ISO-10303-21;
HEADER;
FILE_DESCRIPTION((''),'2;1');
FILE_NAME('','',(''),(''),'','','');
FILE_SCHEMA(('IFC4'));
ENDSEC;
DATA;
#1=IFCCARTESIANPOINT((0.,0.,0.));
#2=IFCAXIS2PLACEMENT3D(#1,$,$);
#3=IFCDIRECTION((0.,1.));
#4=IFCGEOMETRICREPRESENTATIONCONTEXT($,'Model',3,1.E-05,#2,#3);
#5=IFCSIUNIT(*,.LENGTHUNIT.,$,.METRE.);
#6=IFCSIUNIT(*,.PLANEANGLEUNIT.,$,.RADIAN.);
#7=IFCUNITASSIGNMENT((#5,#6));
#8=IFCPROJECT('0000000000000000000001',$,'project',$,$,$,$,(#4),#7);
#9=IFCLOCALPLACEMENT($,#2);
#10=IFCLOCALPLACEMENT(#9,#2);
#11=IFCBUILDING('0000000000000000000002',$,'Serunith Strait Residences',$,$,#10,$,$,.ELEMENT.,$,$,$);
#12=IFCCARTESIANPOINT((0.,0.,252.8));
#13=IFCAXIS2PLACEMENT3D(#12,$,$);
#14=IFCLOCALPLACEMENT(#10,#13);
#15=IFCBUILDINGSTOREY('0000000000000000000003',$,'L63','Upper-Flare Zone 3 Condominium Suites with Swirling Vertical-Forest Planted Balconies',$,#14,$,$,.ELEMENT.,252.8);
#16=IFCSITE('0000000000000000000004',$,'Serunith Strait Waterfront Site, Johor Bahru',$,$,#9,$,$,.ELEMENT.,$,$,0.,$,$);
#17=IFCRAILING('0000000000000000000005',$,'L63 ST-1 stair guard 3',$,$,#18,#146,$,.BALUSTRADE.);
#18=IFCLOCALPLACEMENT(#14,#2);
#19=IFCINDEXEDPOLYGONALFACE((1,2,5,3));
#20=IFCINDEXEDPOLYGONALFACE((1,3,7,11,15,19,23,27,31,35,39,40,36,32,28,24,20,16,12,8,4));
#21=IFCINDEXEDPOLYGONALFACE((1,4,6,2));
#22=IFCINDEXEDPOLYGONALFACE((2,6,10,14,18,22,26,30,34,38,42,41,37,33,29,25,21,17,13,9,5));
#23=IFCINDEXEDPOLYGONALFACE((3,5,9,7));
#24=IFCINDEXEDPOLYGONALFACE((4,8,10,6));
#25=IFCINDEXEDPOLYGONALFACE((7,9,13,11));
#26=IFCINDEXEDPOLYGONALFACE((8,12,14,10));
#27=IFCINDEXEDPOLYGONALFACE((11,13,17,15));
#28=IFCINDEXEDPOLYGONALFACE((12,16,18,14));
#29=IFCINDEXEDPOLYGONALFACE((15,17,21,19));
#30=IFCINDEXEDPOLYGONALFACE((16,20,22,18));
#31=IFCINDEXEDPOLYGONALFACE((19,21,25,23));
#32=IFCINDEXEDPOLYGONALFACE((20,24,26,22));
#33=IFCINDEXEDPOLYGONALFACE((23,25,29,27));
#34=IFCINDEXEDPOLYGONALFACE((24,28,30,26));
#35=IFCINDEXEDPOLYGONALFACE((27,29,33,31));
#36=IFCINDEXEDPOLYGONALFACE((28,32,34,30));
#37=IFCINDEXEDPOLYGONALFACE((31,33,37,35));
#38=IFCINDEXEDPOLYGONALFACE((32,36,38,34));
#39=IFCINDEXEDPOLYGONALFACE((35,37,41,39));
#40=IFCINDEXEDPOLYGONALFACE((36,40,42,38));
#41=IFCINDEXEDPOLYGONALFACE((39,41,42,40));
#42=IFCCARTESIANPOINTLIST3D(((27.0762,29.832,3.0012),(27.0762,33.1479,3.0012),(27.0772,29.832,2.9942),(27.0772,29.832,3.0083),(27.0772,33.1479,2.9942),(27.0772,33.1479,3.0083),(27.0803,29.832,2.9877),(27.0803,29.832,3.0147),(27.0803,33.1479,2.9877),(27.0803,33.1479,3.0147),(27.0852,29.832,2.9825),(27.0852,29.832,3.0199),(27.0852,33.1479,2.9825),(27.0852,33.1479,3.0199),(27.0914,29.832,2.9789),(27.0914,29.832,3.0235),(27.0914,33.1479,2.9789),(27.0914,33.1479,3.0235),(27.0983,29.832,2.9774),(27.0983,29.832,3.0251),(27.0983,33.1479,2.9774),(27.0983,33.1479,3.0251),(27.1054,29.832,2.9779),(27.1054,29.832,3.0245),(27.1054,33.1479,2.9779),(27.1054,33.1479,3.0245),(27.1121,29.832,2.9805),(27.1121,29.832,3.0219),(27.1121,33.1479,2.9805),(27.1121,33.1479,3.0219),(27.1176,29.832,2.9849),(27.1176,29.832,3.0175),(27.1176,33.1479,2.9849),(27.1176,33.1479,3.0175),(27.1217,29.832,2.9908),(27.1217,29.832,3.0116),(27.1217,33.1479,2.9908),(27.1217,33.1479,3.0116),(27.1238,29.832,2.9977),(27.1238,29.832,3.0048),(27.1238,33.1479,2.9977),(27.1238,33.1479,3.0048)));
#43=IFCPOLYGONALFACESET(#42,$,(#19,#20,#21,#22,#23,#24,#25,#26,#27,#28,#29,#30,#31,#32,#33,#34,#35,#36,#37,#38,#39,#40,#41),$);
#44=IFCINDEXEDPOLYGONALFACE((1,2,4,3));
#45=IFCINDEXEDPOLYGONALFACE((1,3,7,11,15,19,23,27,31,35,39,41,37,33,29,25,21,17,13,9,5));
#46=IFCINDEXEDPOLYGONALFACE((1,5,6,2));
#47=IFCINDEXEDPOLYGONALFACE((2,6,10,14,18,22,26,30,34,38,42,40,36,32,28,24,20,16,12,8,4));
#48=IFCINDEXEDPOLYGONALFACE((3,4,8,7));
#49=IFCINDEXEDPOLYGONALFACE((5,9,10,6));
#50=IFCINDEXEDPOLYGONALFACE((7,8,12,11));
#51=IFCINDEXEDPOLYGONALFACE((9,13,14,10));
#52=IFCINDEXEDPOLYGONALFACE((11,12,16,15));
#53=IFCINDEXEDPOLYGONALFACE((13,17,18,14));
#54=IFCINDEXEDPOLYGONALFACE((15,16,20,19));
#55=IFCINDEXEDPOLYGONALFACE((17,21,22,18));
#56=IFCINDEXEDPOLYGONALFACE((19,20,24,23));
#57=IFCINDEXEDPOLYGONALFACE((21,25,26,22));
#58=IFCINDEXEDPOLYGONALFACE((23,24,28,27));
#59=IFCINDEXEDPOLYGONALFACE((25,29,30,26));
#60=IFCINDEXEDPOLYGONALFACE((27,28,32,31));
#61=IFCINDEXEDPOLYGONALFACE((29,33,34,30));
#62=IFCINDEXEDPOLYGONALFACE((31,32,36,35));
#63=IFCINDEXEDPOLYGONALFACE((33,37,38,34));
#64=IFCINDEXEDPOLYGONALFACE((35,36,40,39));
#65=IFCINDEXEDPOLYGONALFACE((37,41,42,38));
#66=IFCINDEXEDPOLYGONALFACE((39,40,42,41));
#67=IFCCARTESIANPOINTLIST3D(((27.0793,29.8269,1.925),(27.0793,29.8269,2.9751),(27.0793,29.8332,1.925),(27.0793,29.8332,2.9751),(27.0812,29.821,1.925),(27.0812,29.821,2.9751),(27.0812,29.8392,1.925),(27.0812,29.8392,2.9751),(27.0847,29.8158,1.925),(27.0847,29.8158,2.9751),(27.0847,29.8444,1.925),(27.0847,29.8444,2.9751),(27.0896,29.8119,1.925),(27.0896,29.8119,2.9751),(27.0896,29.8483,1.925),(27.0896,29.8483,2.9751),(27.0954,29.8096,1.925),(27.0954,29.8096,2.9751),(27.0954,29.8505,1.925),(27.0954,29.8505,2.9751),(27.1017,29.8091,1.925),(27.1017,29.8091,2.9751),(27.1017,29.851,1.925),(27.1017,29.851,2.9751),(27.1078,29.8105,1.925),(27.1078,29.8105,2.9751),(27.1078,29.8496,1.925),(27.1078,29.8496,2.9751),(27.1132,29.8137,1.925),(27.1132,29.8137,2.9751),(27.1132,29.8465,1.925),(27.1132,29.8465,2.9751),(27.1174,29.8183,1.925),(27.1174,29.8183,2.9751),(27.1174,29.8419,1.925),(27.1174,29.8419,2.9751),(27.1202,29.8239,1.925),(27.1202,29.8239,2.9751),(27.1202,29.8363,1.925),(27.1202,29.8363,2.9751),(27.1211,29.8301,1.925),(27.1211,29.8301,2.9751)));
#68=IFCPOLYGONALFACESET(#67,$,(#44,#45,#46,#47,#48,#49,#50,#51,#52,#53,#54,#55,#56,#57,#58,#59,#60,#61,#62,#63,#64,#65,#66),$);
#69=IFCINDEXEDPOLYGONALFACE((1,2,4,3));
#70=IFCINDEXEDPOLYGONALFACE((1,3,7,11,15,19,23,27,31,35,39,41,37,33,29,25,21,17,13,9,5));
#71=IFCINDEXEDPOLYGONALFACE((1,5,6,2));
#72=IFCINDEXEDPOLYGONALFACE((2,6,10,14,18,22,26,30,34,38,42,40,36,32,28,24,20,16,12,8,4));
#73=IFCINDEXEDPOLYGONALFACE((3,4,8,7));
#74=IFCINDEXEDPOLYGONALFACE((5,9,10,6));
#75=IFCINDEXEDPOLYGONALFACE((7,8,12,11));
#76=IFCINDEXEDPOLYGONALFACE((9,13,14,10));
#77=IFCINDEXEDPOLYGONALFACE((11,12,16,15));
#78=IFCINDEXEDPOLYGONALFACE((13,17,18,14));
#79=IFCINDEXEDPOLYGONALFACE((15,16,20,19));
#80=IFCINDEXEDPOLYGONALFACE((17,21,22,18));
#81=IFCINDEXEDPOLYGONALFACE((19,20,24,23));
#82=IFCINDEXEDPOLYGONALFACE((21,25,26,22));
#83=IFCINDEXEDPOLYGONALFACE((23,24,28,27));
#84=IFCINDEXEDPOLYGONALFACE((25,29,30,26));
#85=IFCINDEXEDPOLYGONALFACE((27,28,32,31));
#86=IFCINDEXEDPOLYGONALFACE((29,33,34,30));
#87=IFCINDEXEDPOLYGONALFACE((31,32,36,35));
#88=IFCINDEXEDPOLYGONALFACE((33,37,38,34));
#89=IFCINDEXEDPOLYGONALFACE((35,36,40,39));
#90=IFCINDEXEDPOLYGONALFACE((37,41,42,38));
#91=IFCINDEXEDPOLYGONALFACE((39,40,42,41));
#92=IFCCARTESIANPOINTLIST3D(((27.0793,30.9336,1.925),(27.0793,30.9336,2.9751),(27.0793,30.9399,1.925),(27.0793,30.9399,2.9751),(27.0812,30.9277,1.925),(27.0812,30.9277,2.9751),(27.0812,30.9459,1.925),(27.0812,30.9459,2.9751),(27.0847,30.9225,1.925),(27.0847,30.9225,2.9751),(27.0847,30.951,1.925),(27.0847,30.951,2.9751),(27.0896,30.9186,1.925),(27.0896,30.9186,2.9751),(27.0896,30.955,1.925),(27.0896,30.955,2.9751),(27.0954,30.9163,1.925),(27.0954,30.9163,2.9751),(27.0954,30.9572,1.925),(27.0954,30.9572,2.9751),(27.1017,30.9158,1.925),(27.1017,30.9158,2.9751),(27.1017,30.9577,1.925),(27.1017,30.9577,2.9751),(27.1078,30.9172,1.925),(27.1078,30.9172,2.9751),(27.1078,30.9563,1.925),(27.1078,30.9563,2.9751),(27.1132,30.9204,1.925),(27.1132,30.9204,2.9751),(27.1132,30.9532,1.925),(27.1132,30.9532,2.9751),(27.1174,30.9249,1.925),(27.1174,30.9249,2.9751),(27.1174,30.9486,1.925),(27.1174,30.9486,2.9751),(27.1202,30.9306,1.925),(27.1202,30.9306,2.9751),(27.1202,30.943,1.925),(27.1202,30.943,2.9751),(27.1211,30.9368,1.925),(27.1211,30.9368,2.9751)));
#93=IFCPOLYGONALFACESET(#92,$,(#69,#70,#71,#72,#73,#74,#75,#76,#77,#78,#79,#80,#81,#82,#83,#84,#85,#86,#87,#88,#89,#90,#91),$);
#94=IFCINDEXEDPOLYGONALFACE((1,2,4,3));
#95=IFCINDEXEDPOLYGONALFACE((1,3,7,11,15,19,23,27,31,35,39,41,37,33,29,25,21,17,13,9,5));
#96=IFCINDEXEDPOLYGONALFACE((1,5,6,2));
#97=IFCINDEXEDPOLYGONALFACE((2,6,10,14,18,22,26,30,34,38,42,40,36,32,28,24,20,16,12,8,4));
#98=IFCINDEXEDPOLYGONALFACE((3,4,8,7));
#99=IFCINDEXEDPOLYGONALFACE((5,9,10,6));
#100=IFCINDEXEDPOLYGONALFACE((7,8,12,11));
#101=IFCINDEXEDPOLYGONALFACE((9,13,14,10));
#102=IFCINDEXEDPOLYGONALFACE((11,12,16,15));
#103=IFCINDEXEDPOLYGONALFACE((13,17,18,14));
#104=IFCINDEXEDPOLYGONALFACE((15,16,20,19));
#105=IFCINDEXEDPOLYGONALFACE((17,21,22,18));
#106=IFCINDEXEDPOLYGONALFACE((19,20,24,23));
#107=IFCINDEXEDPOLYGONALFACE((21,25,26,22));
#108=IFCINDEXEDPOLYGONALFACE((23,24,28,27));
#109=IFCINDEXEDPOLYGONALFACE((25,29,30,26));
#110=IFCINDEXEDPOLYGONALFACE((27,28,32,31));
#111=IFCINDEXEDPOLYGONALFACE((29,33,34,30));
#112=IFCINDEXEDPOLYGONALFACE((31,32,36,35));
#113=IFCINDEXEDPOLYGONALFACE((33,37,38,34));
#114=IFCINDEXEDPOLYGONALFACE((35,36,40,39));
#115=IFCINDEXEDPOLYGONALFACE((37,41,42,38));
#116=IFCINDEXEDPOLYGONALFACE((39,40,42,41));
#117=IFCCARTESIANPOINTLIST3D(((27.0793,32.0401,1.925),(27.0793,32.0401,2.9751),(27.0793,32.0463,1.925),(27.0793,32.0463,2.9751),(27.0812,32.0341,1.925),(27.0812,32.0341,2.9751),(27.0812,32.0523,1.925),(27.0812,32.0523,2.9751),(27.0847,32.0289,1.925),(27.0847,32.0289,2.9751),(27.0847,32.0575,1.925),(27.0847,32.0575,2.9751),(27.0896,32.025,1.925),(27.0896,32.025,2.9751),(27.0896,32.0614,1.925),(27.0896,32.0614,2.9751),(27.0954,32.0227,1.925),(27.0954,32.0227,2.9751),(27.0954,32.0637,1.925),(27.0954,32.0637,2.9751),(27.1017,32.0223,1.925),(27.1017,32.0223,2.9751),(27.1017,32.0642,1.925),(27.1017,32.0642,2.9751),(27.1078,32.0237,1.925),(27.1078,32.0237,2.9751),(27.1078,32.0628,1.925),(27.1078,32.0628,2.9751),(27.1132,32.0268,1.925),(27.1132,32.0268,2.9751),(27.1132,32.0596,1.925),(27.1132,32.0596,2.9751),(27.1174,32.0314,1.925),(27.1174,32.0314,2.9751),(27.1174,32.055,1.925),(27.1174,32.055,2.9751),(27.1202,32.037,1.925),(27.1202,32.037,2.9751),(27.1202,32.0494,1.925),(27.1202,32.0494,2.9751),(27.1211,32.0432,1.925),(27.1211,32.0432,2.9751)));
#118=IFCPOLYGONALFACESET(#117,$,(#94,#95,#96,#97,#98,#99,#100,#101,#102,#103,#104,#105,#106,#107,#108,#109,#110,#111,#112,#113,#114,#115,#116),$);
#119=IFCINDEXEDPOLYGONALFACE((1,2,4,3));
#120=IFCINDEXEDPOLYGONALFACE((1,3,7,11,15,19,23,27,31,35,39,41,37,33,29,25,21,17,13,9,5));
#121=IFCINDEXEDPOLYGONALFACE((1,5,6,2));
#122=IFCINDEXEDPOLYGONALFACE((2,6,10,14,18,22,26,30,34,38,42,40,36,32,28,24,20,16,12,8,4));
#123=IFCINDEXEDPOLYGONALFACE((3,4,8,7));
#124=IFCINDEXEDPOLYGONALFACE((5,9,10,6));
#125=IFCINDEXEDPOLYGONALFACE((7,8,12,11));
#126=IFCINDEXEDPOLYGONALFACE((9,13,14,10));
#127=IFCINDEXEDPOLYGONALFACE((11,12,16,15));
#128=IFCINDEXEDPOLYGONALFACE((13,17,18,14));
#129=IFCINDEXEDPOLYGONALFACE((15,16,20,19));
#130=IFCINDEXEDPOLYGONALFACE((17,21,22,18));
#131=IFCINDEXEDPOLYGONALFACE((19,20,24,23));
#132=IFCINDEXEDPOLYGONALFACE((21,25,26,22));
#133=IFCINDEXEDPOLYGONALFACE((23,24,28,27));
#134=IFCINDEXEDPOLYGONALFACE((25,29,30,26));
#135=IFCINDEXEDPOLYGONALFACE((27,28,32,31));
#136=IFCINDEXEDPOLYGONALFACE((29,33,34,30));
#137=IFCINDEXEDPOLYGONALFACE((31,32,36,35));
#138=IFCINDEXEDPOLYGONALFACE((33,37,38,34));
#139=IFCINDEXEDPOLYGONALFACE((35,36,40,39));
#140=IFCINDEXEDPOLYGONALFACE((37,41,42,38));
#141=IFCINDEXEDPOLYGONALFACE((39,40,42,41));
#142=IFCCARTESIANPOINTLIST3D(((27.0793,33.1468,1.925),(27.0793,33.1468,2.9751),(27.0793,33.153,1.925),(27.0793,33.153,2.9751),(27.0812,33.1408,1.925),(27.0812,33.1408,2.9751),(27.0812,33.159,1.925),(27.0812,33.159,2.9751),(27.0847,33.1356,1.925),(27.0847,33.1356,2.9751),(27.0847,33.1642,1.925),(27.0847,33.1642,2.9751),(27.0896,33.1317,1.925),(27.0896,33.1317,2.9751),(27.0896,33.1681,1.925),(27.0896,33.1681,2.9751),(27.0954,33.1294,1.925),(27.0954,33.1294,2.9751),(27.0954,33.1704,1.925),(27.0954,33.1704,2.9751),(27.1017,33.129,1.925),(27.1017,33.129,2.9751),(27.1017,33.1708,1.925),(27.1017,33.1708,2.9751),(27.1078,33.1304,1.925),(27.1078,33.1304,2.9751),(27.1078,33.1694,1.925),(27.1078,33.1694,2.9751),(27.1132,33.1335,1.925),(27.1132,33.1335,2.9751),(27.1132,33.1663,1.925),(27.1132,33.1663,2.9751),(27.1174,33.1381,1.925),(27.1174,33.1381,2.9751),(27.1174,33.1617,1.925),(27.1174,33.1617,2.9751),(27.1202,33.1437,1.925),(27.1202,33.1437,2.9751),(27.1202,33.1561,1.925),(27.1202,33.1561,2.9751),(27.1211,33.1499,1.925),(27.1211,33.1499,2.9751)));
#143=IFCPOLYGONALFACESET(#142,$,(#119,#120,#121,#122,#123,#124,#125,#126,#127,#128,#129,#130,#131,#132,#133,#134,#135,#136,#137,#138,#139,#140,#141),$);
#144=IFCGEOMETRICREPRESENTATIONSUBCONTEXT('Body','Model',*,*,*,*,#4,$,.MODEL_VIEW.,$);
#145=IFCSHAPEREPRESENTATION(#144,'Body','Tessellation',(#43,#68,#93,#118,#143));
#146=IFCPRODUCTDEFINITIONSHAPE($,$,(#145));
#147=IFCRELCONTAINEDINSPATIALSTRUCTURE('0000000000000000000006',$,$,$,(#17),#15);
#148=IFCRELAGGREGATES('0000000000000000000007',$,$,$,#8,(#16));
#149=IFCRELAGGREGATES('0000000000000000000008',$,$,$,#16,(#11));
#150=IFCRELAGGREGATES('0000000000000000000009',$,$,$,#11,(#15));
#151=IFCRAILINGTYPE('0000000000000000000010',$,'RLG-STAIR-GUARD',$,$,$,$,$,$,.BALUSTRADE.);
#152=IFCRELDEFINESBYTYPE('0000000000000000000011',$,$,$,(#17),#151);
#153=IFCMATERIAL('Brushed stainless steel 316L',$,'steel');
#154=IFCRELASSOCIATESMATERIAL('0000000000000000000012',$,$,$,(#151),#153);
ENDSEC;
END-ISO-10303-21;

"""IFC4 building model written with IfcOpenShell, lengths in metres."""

from ifc_helpers import new_model, si_unit, direction, frame, origin, origin_2d, place, context, subcontext, project, spatial, circle, extrude, material, type_object, element, save


model = new_model("IFC4")

# Units and contexts
model_context = context("Model", 3, precision=1e-05, world=origin(), true_north=direction((0.0, 1.0)))
body_context = subcontext(model_context, "Body", "Model", "MODEL_VIEW")
ifc_project = project(units=[si_unit("LENGTHUNIT", "METRE"), si_unit("PLANEANGLEUNIT", "RADIAN")], contexts=[model_context])

# Site, building, storey
site_placement = place(None, origin())
site = spatial("IfcSite", under=ifc_project, at=site_placement, Name="Serunith Strait Waterfront Site, Johor Bahru", CompositionType="ELEMENT", RefElevation=0.0)
building_placement = place(site_placement, origin())
building = spatial("IfcBuilding", under=site, at=building_placement, Name="Serunith Strait Residences", CompositionType="ELEMENT")
storey_placement = place(building_placement, frame((0.0, 0.0, 252.8)))
storey = spatial("IfcBuildingStorey", under=building, at=storey_placement, Name="L63", Description="Upper-Flare Zone 3 Condominium Suites with Swirling Vertical-Forest Planted Balconies", CompositionType="ELEMENT", Elevation=252.8)

# Railing
ifc_material_1 = material(Name="Brushed stainless steel 316L", Category="steel")
railing_type_1 = type_object("IfcRailingType", Name="RLG-STAIR-GUARD", PredefinedType="BALUSTRADE", material=ifc_material_1)
for number, where, name in (
    (1, (27.1001, 29.8301, 1.925), "L63 ST-1 stair guard 3"),
):
    element("IfcRailing", number, at=place(storey_placement, frame(where)), inside=storey, type_object=railing_type_1, Name=name, PredefinedType="BALUSTRADE", context=body_context, shape_type="SweptSolid", body=[
        extrude(circle(Radius=0.0239, at=origin_2d()), frame((0.0, 0.002, 1.0762), z_axis=(0.0, 1.0, 0.0), x_axis=(-1.0, 0.0, 0.0)), (0.0, 0.0, 1.0), 3.3159),
        extrude(circle(Radius=0.021, at=origin_2d()), origin(), (0.0, 0.0, 1.0), 1.05),
        extrude(circle(Radius=0.021, at=origin_2d()), frame((0.0, 1.1067, 0.0)), (0.0, 0.0, 1.0), 1.05),
        extrude(circle(Radius=0.021, at=origin_2d()), frame((0.0, 2.2131, 0.0)), (0.0, 0.0, 1.0), 1.05),
        extrude(circle(Radius=0.021, at=origin_2d()), frame((0.0, 3.3198, 0.0)), (0.0, 0.0, 1.0), 1.05),
    ])

save(model, "model.ifc")
